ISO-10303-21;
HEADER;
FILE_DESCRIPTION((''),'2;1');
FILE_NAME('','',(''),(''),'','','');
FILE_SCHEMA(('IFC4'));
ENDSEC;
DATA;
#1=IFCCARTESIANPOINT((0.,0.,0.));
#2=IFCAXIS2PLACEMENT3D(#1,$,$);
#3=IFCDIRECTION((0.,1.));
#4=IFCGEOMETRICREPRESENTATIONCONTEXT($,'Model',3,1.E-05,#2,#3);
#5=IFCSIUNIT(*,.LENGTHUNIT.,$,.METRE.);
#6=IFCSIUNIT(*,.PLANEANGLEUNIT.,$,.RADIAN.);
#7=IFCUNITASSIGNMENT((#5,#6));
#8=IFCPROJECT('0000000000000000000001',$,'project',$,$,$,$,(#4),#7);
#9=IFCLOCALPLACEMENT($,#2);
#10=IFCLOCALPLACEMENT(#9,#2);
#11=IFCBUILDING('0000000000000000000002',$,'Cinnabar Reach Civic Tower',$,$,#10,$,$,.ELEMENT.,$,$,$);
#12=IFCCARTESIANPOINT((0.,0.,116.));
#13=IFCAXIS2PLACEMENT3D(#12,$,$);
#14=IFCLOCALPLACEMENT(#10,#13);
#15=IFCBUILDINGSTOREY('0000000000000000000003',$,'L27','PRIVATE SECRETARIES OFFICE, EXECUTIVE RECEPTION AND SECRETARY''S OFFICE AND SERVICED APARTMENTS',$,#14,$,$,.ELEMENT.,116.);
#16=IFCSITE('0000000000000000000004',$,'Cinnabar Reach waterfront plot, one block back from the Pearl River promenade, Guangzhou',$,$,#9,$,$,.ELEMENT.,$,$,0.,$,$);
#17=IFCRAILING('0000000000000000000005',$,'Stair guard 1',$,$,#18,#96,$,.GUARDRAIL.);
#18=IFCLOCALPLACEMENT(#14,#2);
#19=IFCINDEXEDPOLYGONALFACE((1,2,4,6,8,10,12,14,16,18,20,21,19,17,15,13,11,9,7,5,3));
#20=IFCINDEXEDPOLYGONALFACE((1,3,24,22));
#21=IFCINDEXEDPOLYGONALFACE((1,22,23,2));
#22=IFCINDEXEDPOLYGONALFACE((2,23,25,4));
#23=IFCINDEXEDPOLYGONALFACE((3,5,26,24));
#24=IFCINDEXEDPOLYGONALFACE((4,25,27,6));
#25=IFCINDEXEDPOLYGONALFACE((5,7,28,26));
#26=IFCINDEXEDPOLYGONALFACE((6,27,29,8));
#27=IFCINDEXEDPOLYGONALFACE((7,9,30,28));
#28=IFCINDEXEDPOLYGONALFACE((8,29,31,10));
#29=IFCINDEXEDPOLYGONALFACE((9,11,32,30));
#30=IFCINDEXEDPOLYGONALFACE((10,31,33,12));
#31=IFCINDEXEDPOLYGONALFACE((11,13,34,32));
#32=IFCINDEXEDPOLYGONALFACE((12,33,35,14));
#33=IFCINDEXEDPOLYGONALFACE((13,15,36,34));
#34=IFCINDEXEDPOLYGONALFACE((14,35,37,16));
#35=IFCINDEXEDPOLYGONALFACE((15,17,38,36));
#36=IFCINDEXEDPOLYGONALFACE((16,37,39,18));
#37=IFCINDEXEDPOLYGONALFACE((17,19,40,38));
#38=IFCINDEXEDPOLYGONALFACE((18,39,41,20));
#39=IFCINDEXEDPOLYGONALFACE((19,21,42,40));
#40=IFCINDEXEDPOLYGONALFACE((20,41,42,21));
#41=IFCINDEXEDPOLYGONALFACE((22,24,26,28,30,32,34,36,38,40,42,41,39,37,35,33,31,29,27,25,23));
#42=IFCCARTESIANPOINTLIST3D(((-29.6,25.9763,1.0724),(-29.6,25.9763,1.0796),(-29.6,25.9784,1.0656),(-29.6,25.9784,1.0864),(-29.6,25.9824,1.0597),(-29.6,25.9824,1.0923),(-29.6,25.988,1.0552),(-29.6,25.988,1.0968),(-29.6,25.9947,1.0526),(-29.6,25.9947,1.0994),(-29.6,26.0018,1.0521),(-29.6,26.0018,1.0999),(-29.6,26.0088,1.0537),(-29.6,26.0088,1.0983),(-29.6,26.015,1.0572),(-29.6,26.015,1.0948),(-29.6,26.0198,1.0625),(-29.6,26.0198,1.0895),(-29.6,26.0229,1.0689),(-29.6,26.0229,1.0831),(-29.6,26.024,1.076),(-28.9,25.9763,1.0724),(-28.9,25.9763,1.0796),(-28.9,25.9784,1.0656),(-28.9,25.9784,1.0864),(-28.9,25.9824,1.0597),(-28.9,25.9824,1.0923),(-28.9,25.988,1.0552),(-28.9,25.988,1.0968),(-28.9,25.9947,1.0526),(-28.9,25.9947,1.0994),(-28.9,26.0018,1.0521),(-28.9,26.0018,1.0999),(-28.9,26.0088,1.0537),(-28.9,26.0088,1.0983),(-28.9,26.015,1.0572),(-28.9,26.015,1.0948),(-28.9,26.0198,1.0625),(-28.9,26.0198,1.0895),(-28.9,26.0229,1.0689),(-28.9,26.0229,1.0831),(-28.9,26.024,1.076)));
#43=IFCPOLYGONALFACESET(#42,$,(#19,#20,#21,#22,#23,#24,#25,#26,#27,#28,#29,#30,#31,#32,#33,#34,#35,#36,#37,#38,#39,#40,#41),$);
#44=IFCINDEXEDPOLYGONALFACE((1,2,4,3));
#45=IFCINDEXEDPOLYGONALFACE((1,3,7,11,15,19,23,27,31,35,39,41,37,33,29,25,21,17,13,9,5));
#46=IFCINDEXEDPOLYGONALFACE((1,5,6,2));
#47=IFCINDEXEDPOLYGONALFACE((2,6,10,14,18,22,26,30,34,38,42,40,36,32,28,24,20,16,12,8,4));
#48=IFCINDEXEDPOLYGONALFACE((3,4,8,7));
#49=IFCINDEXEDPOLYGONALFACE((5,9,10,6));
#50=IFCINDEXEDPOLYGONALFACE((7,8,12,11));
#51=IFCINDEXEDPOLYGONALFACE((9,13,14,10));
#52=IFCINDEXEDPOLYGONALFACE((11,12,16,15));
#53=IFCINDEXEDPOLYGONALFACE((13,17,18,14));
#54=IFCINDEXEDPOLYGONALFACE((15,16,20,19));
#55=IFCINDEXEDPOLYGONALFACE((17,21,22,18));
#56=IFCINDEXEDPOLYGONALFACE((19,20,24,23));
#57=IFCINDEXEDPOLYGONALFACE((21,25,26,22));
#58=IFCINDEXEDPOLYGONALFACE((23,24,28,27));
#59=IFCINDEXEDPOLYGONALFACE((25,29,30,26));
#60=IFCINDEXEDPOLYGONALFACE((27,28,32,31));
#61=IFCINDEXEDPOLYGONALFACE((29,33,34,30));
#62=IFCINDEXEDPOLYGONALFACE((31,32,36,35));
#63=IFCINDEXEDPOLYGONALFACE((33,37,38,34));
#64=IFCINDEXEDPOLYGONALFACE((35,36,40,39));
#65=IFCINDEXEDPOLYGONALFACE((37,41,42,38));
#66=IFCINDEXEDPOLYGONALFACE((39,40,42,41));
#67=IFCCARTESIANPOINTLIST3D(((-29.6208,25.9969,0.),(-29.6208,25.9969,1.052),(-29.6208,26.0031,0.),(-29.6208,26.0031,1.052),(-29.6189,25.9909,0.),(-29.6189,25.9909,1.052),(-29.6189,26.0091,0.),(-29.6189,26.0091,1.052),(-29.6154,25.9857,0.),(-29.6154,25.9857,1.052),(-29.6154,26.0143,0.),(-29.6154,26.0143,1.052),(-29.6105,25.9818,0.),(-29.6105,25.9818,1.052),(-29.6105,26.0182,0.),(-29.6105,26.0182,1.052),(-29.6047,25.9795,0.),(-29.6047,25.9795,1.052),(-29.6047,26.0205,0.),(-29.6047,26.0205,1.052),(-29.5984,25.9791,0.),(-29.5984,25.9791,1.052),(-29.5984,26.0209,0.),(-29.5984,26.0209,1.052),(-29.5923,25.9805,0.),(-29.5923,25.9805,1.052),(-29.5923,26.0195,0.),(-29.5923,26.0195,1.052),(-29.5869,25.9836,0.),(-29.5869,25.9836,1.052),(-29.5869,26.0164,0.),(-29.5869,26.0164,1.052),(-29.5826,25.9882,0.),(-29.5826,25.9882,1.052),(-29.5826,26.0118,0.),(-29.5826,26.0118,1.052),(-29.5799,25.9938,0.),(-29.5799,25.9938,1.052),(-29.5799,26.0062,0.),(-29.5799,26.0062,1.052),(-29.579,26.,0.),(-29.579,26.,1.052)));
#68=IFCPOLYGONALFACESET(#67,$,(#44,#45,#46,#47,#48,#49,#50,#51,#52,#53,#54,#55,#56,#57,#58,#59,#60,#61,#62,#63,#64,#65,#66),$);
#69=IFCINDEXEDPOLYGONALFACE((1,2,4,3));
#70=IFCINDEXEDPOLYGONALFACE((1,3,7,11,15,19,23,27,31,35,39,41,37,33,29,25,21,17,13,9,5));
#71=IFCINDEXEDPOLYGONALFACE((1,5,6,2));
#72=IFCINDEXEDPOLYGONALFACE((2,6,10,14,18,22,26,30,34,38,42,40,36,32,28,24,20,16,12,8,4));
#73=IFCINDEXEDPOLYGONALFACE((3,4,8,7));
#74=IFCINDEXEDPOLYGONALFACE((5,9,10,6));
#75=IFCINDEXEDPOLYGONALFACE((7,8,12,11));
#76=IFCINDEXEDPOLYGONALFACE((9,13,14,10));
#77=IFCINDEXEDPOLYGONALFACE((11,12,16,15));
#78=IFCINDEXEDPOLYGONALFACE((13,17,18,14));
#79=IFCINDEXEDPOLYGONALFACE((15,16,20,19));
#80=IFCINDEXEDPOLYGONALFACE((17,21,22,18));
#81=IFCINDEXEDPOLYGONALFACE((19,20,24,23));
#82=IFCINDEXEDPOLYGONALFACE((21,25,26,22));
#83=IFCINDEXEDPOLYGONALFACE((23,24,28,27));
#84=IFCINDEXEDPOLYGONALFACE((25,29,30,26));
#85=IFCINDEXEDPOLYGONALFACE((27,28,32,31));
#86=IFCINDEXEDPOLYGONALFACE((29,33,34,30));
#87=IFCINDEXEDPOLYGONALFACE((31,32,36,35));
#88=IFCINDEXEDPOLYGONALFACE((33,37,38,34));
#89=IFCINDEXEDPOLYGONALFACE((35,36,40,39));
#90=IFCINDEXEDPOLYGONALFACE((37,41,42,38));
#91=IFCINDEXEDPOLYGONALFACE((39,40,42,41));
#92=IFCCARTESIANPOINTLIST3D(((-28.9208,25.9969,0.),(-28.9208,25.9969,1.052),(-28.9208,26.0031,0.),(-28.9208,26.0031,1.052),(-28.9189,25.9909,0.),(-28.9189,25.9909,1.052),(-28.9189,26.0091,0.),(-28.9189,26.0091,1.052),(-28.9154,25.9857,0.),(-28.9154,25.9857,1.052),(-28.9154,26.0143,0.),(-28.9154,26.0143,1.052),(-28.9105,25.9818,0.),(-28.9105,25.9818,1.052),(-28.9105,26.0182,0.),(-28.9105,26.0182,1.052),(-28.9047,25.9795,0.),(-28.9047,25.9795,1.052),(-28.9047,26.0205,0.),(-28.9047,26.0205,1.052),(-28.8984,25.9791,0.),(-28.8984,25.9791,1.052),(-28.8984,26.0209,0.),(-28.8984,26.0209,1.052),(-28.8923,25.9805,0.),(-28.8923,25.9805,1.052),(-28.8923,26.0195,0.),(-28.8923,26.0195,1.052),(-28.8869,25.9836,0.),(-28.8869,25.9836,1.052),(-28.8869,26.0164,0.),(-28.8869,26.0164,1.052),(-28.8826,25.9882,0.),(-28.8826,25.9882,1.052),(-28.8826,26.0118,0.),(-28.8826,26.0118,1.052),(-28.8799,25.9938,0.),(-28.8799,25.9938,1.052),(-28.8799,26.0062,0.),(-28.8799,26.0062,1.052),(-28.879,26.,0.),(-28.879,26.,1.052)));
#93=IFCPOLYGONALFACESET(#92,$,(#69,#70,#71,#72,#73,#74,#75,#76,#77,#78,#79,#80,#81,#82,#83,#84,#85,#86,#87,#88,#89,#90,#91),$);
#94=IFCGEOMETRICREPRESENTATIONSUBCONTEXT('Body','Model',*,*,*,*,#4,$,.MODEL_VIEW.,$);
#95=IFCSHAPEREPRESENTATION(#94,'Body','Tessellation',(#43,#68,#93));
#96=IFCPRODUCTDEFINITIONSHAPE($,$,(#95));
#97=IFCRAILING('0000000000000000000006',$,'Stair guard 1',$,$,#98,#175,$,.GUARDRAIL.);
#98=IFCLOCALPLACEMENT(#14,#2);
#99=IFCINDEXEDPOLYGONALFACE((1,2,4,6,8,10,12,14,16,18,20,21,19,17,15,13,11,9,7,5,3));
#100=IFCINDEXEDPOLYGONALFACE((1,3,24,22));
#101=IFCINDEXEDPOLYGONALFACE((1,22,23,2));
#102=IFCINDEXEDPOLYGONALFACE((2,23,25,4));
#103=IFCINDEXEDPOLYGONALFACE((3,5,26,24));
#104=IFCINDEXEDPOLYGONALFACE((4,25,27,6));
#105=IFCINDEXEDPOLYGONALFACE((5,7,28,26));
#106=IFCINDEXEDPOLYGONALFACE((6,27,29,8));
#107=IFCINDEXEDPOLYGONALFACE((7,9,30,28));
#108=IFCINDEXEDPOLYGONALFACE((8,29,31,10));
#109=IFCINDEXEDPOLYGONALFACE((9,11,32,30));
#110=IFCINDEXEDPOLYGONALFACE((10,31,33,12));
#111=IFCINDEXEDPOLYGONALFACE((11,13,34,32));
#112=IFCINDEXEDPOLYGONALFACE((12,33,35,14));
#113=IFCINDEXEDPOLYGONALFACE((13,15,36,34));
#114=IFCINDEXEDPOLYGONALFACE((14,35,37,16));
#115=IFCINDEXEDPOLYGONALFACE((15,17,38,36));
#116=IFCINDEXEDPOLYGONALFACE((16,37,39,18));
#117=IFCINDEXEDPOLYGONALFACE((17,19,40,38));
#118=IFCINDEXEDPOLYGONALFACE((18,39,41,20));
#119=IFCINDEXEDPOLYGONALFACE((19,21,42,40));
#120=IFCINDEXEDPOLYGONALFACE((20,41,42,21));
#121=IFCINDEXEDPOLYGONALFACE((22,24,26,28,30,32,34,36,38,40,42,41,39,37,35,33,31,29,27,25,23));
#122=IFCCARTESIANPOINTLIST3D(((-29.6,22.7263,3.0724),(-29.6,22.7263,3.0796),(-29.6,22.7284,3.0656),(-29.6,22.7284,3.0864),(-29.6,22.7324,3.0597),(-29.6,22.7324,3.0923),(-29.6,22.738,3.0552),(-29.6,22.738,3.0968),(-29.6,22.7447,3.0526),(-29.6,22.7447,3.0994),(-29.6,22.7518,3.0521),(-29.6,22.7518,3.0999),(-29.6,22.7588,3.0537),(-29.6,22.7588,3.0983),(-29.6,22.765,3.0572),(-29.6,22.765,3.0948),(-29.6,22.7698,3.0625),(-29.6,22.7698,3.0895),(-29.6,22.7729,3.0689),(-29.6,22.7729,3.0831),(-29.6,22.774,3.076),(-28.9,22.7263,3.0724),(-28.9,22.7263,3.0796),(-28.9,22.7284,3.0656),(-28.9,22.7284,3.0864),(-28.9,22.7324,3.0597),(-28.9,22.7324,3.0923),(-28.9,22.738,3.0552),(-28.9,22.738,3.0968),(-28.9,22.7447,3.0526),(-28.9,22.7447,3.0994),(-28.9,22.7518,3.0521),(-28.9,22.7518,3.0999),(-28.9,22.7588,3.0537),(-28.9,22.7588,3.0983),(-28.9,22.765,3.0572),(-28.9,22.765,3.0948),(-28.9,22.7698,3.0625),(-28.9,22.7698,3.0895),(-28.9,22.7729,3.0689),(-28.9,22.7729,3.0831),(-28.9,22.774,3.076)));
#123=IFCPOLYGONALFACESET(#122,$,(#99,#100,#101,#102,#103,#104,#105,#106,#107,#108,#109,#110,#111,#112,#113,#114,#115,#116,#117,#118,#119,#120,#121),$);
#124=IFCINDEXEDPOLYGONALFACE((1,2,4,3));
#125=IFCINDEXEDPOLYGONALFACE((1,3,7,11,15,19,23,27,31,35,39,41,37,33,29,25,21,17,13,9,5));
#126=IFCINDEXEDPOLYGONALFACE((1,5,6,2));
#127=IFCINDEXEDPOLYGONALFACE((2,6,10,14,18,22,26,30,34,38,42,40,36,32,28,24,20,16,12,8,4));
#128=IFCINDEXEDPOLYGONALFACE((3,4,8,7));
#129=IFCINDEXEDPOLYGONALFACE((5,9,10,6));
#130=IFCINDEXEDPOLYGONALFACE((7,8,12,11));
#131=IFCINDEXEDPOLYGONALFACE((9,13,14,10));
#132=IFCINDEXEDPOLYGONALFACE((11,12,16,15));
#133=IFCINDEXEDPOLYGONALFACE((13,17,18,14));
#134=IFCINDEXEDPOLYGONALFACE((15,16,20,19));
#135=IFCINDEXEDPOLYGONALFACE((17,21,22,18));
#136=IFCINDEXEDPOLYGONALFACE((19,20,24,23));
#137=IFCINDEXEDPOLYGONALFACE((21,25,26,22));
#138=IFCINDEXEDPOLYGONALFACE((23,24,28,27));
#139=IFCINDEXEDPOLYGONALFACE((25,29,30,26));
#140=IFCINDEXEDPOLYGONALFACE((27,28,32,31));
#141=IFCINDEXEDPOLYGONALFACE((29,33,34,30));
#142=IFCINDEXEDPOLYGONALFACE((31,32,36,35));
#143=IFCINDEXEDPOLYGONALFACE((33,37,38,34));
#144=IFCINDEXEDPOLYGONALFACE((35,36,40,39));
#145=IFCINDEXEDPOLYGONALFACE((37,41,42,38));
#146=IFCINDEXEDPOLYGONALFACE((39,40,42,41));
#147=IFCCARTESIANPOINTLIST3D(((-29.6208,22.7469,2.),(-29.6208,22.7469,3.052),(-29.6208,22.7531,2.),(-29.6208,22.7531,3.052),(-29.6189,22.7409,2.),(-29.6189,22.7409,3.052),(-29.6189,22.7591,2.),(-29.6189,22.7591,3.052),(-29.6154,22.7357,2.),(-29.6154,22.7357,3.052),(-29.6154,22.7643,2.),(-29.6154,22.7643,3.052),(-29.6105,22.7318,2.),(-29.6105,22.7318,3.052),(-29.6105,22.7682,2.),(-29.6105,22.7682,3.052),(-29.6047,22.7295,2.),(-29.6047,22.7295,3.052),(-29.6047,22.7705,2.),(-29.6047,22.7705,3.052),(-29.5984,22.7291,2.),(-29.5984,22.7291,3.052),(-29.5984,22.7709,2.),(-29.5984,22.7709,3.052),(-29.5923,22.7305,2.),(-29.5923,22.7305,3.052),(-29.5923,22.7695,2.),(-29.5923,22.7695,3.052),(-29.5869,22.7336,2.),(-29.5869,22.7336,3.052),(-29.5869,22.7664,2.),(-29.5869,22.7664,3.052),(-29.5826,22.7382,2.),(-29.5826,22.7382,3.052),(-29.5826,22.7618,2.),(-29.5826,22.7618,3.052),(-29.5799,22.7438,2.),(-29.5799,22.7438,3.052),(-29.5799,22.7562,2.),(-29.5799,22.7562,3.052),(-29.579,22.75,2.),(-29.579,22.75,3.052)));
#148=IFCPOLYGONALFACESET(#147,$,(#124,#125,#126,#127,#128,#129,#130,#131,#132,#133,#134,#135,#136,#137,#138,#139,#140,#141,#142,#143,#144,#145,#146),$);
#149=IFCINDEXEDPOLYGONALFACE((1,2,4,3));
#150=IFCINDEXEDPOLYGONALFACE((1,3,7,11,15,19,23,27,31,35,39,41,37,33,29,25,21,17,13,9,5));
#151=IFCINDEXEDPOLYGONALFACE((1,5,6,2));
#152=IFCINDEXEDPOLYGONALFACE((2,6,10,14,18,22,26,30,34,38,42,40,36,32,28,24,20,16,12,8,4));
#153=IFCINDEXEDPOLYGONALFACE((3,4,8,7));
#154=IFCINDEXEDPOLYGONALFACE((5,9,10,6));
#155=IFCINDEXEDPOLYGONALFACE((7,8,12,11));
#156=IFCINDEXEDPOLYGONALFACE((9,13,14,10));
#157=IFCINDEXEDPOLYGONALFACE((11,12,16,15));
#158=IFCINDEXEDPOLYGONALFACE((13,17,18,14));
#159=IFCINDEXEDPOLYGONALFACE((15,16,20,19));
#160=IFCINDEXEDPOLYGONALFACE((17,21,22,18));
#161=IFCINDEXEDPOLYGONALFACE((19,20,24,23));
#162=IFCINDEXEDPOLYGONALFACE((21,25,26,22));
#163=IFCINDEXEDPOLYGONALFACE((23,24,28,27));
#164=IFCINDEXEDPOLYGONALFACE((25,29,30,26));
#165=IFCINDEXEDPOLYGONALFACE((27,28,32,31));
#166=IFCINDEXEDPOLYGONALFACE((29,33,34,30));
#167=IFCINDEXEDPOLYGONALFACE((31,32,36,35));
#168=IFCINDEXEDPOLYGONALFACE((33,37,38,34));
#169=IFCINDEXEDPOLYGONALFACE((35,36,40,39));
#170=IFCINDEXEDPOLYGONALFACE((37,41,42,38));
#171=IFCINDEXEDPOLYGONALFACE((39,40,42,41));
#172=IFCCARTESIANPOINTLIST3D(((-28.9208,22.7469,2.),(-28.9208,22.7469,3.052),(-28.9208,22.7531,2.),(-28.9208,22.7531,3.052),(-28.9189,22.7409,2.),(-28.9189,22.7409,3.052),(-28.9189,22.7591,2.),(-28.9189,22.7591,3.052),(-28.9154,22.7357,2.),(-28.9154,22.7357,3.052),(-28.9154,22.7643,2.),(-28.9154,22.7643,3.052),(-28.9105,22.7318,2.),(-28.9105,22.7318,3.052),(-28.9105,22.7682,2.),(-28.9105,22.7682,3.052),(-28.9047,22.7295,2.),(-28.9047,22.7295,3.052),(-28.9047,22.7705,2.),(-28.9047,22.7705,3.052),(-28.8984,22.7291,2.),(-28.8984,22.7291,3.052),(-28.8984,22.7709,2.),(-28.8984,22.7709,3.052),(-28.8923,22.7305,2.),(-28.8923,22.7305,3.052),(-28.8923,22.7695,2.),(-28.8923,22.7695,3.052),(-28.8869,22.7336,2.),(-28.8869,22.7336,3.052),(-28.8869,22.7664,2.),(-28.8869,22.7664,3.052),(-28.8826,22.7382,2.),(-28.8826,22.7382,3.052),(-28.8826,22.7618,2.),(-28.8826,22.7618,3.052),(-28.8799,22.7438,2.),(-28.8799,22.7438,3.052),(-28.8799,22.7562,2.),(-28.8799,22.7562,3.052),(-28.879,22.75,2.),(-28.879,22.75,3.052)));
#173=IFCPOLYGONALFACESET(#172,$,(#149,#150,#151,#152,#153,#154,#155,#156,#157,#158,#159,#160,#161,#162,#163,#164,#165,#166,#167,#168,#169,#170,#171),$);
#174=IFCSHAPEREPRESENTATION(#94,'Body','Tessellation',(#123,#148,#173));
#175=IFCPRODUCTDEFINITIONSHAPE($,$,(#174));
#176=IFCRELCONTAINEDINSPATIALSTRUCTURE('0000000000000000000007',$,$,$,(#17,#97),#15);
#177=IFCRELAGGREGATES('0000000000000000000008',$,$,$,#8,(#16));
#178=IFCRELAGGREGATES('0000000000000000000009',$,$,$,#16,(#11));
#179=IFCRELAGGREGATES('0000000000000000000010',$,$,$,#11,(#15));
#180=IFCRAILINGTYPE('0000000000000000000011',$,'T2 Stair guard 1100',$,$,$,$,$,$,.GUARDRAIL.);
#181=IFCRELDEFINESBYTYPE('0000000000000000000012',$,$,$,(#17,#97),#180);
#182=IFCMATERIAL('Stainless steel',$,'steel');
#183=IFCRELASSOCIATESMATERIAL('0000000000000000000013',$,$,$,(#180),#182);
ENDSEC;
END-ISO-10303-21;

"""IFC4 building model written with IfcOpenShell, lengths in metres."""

from ifc_helpers import new_model, si_unit, direction, frame, origin, origin_2d, place, context, subcontext, project, spatial, circle, extrude, material, type_object, element, save


model = new_model("IFC4")

# Units and contexts
model_context = context("Model", 3, precision=1e-05, world=origin(), true_north=direction((0.0, 1.0)))
body_context = subcontext(model_context, "Body", "Model", "MODEL_VIEW")
ifc_project = project(units=[si_unit("LENGTHUNIT", "METRE"), si_unit("PLANEANGLEUNIT", "RADIAN")], contexts=[model_context])

# Site, building, storey
site_placement = place(None, origin())
site = spatial("IfcSite", under=ifc_project, at=site_placement, Name="Cinnabar Reach waterfront plot, one block back from the Pearl River promenade, Guangzhou", CompositionType="ELEMENT", RefElevation=0.0)
building_placement = place(site_placement, origin())
building = spatial("IfcBuilding", under=site, at=building_placement, Name="Cinnabar Reach Civic Tower", CompositionType="ELEMENT")
storey_placement = place(building_placement, frame((0.0, 0.0, 116.0)))
storey = spatial("IfcBuildingStorey", under=building, at=storey_placement, Name="L27", Description="PRIVATE SECRETARIES OFFICE, EXECUTIVE RECEPTION AND SECRETARY'S OFFICE AND SERVICED APARTMENTS", CompositionType="ELEMENT", Elevation=116.0)

# Railings
ifc_material_1 = material(Name="Stainless steel", Category="steel")
railing_type = type_object("IfcRailingType", Name="T2 Stair guard 1100", PredefinedType="GUARDRAIL", material=ifc_material_1)
for number, where, name in (
    (1, (-29.6, 26.0, 0.0), "Stair guard 1"),
    (2, (-29.6, 22.75, 2.0), "Stair guard 1"),
):
    element("IfcRailing", number, at=place(storey_placement, frame(where)), inside=storey, type_object=railing_type, Name=name, PredefinedType="GUARDRAIL", context=body_context, shape_type="SweptSolid", body=[
        extrude(circle(Radius=0.024, at=origin_2d()), frame((0.0, 0.0, 1.076), z_axis=(1.0, 0.0, 0.0), x_axis=(0.0, 1.0, 0.0)), (0.0, 0.0, 1.0), 0.7),
        extrude(circle(Radius=0.021, at=origin_2d()), origin(), (0.0, 0.0, 1.0), 1.052),
        extrude(circle(Radius=0.021, at=origin_2d()), frame((0.7, 0.0, 0.0)), (0.0, 0.0, 1.0), 1.052),
    ])

save(model, "model.ifc")
